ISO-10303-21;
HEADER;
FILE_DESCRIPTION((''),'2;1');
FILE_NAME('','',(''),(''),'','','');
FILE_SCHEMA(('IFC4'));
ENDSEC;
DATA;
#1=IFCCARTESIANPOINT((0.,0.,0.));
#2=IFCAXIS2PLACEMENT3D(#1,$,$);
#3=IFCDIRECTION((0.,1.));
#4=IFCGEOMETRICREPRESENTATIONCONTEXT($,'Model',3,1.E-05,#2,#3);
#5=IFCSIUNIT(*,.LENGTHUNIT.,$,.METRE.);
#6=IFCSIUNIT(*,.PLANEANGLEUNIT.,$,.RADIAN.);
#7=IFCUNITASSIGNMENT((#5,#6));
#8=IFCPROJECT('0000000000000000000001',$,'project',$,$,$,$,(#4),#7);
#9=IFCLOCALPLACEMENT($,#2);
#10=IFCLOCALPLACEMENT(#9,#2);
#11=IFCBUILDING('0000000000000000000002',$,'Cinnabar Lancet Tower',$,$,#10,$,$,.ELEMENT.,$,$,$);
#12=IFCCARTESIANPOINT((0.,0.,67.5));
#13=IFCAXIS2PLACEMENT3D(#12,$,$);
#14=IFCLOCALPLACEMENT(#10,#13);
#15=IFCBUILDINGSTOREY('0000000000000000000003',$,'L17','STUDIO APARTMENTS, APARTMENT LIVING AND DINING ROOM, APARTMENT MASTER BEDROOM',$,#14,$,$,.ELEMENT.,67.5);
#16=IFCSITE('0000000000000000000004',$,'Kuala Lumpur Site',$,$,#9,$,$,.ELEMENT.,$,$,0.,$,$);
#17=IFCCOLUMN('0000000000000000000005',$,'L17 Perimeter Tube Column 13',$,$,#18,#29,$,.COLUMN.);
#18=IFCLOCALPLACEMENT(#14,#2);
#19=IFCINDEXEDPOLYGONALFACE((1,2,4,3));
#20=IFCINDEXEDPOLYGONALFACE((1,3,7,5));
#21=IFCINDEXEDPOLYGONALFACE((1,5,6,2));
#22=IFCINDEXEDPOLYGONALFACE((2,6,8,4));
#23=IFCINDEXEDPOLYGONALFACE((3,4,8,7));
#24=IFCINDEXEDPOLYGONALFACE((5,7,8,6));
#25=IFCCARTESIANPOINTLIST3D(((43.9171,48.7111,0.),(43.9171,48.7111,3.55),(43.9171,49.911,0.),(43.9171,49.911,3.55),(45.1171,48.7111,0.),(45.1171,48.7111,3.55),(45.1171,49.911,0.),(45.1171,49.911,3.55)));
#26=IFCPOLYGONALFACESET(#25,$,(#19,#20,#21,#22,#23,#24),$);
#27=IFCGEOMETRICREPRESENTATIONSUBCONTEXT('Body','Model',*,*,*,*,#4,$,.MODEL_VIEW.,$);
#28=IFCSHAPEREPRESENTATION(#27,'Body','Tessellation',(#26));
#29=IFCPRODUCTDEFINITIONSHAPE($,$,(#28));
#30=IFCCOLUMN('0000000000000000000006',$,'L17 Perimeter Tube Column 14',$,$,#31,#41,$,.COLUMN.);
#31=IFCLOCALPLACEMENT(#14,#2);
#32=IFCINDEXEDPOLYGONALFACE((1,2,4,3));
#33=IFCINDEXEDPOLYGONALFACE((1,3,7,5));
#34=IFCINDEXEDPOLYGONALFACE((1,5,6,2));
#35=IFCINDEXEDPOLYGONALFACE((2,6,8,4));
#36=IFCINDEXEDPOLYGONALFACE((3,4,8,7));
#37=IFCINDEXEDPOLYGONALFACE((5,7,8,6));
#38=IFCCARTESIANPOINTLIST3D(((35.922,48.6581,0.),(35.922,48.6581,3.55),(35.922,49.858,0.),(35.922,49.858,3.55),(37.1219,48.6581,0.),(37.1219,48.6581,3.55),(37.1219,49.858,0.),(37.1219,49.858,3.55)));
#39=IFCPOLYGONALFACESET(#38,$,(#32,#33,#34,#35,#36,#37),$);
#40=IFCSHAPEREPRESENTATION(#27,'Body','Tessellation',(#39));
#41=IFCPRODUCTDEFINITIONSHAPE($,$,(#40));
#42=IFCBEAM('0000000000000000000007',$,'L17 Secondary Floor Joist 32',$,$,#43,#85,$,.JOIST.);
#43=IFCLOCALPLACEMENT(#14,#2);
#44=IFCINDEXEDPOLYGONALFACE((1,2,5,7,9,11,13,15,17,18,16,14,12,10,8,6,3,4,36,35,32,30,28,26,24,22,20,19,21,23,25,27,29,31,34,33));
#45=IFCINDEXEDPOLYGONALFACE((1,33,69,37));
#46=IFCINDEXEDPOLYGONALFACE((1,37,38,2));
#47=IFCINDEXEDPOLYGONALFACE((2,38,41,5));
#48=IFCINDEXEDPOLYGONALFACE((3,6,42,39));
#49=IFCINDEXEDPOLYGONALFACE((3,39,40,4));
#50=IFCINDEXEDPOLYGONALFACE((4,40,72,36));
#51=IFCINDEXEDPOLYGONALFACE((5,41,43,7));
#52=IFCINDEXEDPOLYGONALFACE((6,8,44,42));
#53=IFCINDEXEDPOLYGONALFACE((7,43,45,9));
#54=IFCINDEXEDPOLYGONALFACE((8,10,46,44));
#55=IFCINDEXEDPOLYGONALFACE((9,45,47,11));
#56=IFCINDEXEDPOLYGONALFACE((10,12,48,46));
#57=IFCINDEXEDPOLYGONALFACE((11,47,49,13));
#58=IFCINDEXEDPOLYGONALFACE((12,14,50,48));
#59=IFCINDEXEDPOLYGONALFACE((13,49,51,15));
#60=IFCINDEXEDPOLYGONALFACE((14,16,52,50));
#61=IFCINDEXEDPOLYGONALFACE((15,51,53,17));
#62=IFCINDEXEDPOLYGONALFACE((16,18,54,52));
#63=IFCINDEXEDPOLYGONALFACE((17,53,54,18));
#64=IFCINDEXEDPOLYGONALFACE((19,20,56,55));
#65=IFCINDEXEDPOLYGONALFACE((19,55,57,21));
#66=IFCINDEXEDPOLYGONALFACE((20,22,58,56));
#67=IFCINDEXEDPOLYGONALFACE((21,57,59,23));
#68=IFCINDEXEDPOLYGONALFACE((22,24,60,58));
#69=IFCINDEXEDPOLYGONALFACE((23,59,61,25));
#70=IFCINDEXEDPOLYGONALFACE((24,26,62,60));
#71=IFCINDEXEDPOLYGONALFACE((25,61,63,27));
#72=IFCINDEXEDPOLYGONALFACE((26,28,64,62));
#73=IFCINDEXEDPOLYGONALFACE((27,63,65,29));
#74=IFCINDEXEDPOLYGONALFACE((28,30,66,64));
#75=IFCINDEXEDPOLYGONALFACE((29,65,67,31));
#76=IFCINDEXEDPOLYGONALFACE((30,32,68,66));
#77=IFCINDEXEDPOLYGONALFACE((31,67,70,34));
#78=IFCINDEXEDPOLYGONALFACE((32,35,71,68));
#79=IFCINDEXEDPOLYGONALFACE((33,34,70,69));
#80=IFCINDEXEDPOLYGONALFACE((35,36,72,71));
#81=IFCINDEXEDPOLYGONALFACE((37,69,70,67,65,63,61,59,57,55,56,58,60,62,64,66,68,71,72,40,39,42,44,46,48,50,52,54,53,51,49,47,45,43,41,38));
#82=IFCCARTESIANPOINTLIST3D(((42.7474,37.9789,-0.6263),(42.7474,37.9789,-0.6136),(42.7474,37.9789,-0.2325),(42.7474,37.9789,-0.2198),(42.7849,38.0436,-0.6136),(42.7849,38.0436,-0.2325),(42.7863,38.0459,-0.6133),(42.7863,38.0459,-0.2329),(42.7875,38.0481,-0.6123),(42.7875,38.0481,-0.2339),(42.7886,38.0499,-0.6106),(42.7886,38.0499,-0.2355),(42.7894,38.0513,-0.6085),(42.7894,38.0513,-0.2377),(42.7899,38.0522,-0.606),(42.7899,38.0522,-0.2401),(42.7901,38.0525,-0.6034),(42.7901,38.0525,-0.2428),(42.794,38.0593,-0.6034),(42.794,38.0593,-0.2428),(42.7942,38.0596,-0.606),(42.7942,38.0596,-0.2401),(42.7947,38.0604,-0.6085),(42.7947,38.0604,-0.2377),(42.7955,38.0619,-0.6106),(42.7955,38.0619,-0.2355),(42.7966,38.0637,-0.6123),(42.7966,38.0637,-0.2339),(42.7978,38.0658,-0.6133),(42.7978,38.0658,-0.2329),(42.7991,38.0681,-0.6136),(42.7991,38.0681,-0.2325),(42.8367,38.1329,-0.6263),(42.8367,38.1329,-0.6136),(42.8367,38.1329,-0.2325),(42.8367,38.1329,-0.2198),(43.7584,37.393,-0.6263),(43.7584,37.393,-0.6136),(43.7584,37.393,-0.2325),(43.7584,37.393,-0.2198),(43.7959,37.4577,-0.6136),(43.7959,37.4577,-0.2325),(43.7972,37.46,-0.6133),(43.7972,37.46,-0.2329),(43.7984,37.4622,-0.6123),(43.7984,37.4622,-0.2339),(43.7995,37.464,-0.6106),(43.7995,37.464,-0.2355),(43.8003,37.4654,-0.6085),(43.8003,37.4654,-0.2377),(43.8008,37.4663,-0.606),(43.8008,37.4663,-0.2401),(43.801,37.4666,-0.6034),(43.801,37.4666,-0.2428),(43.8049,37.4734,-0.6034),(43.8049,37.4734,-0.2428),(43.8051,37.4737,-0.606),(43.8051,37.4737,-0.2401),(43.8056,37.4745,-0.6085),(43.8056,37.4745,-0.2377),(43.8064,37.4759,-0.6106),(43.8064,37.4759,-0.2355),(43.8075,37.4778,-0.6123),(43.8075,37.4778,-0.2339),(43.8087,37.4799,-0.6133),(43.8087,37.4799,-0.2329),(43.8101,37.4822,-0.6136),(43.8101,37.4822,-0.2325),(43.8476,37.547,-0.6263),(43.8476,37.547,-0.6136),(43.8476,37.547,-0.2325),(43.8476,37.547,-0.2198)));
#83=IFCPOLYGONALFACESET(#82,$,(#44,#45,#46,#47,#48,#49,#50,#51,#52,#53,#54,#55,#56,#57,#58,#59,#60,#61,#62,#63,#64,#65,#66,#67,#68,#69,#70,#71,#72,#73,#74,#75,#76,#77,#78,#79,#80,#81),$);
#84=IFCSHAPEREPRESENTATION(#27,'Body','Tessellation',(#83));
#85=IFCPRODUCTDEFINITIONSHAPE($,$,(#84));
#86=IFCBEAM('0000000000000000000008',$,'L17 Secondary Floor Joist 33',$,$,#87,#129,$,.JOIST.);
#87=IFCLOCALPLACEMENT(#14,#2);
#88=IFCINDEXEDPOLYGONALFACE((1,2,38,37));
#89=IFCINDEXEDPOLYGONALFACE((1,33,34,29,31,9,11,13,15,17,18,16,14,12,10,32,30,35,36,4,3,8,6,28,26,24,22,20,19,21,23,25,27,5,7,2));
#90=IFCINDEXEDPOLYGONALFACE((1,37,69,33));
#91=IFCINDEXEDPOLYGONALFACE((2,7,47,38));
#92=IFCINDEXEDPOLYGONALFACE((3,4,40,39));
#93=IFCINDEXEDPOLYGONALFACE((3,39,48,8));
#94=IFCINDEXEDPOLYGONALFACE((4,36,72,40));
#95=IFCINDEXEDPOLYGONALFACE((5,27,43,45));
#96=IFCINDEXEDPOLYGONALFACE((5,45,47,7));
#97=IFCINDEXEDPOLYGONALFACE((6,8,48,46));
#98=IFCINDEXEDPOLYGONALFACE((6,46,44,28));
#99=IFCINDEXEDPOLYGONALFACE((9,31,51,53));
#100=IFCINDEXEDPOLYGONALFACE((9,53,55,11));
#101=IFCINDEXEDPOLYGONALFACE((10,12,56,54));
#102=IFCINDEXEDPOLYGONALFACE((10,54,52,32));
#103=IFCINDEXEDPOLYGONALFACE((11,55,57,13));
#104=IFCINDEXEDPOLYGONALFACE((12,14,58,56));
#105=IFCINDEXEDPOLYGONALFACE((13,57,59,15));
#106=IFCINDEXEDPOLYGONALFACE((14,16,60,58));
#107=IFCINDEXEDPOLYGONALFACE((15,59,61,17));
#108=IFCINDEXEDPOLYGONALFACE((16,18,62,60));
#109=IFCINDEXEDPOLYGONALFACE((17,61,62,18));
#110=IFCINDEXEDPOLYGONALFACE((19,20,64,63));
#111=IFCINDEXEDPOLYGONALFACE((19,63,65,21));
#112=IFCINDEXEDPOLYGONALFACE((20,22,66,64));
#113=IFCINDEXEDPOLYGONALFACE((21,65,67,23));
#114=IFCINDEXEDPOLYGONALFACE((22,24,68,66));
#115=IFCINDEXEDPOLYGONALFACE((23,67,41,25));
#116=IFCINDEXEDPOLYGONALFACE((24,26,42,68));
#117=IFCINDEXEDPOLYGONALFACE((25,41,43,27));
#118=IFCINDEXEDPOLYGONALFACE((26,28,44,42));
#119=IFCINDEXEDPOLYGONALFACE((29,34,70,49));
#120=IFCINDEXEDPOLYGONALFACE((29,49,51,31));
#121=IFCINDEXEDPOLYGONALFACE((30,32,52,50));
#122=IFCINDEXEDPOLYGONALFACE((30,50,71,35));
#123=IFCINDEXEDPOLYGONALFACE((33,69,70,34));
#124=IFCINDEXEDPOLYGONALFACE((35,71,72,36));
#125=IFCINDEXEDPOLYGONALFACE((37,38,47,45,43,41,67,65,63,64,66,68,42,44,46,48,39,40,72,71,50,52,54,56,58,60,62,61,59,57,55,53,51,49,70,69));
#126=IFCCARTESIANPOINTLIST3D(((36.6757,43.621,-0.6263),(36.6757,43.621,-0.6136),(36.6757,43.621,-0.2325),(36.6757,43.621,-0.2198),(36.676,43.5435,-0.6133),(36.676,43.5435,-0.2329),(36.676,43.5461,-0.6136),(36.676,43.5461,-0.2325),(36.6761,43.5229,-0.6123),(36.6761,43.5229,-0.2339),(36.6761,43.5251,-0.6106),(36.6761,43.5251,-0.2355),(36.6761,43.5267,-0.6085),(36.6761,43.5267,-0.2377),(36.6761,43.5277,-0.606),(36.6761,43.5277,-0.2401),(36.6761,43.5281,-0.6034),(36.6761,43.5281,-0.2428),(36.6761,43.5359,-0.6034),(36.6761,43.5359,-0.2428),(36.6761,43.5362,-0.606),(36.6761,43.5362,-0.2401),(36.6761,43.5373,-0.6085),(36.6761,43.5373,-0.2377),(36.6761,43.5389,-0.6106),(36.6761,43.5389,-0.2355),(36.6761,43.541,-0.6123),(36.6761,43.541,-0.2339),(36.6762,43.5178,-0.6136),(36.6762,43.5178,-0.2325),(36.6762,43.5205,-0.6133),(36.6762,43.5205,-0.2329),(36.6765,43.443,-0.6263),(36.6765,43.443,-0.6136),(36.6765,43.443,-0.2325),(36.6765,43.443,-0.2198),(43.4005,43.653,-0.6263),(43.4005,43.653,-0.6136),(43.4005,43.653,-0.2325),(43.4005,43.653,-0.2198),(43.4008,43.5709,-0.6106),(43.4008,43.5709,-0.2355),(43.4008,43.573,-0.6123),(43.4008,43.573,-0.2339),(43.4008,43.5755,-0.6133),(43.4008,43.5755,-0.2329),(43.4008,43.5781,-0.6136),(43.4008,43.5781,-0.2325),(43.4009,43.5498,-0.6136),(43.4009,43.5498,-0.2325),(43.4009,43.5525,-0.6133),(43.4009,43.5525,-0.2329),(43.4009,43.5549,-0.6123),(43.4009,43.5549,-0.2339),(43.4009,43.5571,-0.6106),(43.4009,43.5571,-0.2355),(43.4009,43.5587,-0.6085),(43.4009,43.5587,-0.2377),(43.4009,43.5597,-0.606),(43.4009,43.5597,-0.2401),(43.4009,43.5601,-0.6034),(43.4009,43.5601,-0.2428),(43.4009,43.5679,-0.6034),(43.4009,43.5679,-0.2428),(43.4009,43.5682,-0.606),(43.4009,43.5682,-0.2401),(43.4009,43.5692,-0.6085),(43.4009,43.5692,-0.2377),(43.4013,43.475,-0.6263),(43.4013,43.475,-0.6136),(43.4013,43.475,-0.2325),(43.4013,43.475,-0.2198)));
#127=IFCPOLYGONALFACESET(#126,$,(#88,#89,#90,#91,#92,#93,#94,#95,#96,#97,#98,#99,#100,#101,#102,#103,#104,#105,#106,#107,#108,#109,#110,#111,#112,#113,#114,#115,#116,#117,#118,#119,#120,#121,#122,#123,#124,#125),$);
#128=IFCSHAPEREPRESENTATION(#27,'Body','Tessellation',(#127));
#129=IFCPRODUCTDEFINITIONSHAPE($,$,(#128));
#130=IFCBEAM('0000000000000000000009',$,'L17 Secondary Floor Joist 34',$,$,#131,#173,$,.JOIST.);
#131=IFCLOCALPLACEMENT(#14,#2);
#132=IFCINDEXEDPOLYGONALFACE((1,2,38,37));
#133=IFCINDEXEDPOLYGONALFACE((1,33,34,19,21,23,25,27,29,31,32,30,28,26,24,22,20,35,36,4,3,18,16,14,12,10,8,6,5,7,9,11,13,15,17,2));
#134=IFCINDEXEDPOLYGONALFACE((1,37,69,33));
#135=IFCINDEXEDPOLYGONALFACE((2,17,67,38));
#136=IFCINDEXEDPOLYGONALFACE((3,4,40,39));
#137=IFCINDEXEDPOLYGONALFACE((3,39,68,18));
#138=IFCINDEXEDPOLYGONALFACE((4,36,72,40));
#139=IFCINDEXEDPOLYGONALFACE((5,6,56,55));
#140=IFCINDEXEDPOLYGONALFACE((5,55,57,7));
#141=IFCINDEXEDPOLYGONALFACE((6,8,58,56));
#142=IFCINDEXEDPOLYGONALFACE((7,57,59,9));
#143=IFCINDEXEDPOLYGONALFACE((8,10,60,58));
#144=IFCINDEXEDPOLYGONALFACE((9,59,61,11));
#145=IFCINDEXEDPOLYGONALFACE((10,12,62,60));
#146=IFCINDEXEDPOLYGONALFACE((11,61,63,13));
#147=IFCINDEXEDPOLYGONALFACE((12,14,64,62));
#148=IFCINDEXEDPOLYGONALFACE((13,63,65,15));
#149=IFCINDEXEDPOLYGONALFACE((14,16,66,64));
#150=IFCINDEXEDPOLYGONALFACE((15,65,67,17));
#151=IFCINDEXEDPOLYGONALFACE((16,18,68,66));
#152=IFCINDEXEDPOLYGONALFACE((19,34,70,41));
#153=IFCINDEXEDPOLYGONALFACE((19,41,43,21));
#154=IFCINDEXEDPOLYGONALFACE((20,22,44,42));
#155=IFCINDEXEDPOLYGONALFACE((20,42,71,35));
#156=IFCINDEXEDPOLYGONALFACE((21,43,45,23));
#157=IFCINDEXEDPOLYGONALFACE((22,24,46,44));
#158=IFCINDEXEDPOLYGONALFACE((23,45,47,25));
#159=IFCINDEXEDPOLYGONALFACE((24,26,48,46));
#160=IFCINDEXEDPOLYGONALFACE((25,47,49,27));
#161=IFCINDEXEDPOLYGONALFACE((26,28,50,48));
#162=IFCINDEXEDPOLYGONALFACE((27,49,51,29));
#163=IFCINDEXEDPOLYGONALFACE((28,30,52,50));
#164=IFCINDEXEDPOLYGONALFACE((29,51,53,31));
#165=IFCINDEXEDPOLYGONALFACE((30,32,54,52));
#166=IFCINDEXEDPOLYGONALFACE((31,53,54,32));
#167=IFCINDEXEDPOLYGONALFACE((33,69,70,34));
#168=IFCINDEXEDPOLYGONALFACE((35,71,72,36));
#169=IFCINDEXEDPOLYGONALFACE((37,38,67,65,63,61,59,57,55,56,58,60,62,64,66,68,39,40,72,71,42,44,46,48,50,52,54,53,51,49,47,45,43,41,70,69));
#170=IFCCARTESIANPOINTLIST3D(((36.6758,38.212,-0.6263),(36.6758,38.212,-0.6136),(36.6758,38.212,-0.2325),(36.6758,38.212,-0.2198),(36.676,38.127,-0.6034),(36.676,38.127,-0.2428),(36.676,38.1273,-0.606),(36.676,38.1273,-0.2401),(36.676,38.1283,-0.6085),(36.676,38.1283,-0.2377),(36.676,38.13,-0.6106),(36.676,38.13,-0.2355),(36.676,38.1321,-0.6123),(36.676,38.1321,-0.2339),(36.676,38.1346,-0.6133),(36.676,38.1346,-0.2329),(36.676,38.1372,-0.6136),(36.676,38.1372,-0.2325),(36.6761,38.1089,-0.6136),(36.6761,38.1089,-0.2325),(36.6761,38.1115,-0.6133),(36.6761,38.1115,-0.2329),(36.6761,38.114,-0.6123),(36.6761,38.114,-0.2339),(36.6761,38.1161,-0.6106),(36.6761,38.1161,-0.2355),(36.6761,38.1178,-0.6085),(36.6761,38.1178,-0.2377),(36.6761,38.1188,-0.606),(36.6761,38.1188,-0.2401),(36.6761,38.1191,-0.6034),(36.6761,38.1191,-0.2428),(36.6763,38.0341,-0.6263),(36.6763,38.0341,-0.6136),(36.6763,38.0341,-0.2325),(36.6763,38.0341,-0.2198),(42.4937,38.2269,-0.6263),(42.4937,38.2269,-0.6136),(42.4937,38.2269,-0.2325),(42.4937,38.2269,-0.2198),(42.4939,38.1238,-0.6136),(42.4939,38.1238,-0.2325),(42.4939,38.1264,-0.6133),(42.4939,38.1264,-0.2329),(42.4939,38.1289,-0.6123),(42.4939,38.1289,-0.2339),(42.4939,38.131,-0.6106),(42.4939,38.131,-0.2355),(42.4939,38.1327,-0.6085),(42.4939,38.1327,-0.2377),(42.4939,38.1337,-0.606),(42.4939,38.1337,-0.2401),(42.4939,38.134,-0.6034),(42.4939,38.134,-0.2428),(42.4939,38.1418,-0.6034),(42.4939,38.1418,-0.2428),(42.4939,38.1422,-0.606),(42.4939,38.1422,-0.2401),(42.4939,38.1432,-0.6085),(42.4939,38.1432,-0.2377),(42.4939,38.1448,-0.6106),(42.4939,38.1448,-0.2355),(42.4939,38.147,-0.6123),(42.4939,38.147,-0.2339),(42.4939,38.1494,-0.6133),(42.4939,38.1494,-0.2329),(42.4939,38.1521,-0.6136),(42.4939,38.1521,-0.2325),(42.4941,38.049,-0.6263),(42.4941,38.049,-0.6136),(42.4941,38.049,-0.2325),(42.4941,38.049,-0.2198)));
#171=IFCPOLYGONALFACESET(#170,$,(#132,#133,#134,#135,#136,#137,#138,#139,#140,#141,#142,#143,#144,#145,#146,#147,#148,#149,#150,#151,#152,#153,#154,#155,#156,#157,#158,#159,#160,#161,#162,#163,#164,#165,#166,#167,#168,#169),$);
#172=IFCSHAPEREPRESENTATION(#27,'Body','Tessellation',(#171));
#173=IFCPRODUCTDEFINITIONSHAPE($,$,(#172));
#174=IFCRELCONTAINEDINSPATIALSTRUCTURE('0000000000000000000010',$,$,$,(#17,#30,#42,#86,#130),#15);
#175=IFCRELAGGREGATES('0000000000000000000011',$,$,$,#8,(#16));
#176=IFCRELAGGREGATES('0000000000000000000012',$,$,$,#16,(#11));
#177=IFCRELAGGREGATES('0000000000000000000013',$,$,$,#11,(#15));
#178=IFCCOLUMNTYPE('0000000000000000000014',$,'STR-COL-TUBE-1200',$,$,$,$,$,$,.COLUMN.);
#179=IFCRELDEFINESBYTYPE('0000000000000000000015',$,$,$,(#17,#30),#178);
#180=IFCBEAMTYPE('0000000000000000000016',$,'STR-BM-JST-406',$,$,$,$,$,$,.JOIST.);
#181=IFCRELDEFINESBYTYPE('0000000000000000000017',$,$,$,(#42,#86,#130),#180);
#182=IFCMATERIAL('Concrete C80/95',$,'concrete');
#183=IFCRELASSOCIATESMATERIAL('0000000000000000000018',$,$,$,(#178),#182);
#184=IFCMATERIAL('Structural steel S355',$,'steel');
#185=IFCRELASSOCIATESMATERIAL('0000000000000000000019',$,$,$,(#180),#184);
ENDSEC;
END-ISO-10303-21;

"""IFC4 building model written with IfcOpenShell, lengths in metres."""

from ifc_helpers import new_model, si_unit, direction, frame, origin, origin_2d, place, context, subcontext, project, spatial, rectangle, i_section, extrude, material, material_profile, profile_set, type_object, element, save


model = new_model("IFC4")

# Units and contexts
model_context = context("Model", 3, precision=1e-05, world=origin(), true_north=direction((0.0, 1.0)))
body_context = subcontext(model_context, "Body", "Model", "MODEL_VIEW")
ifc_project = project(units=[si_unit("LENGTHUNIT", "METRE"), si_unit("PLANEANGLEUNIT", "RADIAN")], contexts=[model_context])

# Site, building, storey
site_placement = place(None, origin())
site = spatial("IfcSite", under=ifc_project, at=site_placement, Name="Kuala Lumpur Site", CompositionType="ELEMENT", RefElevation=0.0)
building_placement = place(site_placement, origin())
building = spatial("IfcBuilding", under=site, at=building_placement, Name="Cinnabar Lancet Tower", CompositionType="ELEMENT")
storey_placement = place(building_placement, frame((0.0, 0.0, 67.5)))
storey = spatial("IfcBuildingStorey", under=building, at=storey_placement, Name="L17", Description="STUDIO APARTMENTS, APARTMENT LIVING AND DINING ROOM, APARTMENT MASTER BEDROOM", CompositionType="ELEMENT", Elevation=67.5)

# Columns
ifc_material_1 = material(Name="Concrete C80/95", Category="concrete")
ifc_material_profile_1 = material_profile(ifc_material_1, rectangle(XDim=1.2, YDim=1.2, at=origin_2d()), Name="RC-COL 1200x1200")
ifc_profile_set_1 = profile_set([ifc_material_profile_1], Name="Concrete C80/95")
column_type = type_object("IfcColumnType", Name="STR-COL-TUBE-1200", PredefinedType="COLUMN", material=ifc_profile_set_1)
for number, where, z_axis, x_axis, name in (
    (1, (44.5171, 49.311, 0.0), (0.0, 0.0, 1.0), (1.0, 0.0, 0.0), "L17 Perimeter Tube Column 13"),
    (2, (36.522, 49.2581, 0.0), (0.0, 0.0, 1.0), (1.0, 0.0, 0.0), "L17 Perimeter Tube Column 14"),
):
    element("IfcColumn", number, at=place(storey_placement, frame(where, z_axis=z_axis, x_axis=x_axis)), inside=storey, type_object=column_type, Name=name, PredefinedType="COLUMN", context=body_context, shape_type="SweptSolid", body=[
        extrude(rectangle(XDim=1.2, YDim=1.2, at=origin_2d()), origin(), (0.0, 0.0, 1.0), 3.55),
    ])

# Beams
ifc_material_2 = material(Name="Structural steel S355", Category="steel")
ifc_material_profile_2 = material_profile(ifc_material_2, i_section(OverallWidth=0.178, OverallDepth=0.4065, WebThickness=0.0078, FlangeThickness=0.0127, FilletRadius=0.0103, at=origin_2d()), Name="UKB 406x178x60")
ifc_profile_set_2 = profile_set([ifc_material_profile_2], Name="Structural steel S355")
beam_type_1 = type_object("IfcBeamType", Name="STR-BM-JST-406", PredefinedType="JOIST", material=ifc_profile_set_2)
beam_1_placement = place(storey_placement, frame((43.803, 37.47, -0.4231), z_axis=(-0.865193, 0.50144, 0.0), x_axis=(-0.50144, -0.865193, 0.0)))
element("IfcBeam", 3, at=beam_1_placement, inside=storey, type_object=beam_type_1, Name="L17 Secondary Floor Joist 32", PredefinedType="JOIST", context=body_context, shape_type="SweptSolid", body=[
    extrude(i_section(OverallWidth=0.178, OverallDepth=0.4065, WebThickness=0.0078, FlangeThickness=0.0127, FilletRadius=0.0103, at=origin_2d()), origin(), (0.0, 0.0, 1.0), 1.1685),
])
beam_2_placement = place(storey_placement, frame((43.4009, 43.564, -0.4231), z_axis=(-0.999989, -0.004756, 0.0), x_axis=(0.004756, -0.999989, 0.0)))
element("IfcBeam", 4, at=beam_2_placement, inside=storey, type_object=beam_type_1, Name="L17 Secondary Floor Joist 33", PredefinedType="JOIST", context=body_context, shape_type="SweptSolid", body=[
    extrude(i_section(OverallWidth=0.178, OverallDepth=0.4065, WebThickness=0.0078, FlangeThickness=0.0127, FilletRadius=0.0103, at=origin_2d()), origin(), (0.0, 0.0, 1.0), 6.7249),
])
beam_3_placement = place(storey_placement, frame((42.4939, 38.1379, -0.4231), z_axis=(-0.999997, -0.00256, 0.0), x_axis=(0.00256, -0.999997, 0.0)))
element("IfcBeam", 5, at=beam_3_placement, inside=storey, type_object=beam_type_1, Name="L17 Secondary Floor Joist 34", PredefinedType="JOIST", context=body_context, shape_type="SweptSolid", body=[
    extrude(i_section(OverallWidth=0.178, OverallDepth=0.4065, WebThickness=0.0078, FlangeThickness=0.0127, FilletRadius=0.0103, at=origin_2d()), origin(), (0.0, 0.0, 1.0), 5.8179),
])

save(model, "model.ifc")
